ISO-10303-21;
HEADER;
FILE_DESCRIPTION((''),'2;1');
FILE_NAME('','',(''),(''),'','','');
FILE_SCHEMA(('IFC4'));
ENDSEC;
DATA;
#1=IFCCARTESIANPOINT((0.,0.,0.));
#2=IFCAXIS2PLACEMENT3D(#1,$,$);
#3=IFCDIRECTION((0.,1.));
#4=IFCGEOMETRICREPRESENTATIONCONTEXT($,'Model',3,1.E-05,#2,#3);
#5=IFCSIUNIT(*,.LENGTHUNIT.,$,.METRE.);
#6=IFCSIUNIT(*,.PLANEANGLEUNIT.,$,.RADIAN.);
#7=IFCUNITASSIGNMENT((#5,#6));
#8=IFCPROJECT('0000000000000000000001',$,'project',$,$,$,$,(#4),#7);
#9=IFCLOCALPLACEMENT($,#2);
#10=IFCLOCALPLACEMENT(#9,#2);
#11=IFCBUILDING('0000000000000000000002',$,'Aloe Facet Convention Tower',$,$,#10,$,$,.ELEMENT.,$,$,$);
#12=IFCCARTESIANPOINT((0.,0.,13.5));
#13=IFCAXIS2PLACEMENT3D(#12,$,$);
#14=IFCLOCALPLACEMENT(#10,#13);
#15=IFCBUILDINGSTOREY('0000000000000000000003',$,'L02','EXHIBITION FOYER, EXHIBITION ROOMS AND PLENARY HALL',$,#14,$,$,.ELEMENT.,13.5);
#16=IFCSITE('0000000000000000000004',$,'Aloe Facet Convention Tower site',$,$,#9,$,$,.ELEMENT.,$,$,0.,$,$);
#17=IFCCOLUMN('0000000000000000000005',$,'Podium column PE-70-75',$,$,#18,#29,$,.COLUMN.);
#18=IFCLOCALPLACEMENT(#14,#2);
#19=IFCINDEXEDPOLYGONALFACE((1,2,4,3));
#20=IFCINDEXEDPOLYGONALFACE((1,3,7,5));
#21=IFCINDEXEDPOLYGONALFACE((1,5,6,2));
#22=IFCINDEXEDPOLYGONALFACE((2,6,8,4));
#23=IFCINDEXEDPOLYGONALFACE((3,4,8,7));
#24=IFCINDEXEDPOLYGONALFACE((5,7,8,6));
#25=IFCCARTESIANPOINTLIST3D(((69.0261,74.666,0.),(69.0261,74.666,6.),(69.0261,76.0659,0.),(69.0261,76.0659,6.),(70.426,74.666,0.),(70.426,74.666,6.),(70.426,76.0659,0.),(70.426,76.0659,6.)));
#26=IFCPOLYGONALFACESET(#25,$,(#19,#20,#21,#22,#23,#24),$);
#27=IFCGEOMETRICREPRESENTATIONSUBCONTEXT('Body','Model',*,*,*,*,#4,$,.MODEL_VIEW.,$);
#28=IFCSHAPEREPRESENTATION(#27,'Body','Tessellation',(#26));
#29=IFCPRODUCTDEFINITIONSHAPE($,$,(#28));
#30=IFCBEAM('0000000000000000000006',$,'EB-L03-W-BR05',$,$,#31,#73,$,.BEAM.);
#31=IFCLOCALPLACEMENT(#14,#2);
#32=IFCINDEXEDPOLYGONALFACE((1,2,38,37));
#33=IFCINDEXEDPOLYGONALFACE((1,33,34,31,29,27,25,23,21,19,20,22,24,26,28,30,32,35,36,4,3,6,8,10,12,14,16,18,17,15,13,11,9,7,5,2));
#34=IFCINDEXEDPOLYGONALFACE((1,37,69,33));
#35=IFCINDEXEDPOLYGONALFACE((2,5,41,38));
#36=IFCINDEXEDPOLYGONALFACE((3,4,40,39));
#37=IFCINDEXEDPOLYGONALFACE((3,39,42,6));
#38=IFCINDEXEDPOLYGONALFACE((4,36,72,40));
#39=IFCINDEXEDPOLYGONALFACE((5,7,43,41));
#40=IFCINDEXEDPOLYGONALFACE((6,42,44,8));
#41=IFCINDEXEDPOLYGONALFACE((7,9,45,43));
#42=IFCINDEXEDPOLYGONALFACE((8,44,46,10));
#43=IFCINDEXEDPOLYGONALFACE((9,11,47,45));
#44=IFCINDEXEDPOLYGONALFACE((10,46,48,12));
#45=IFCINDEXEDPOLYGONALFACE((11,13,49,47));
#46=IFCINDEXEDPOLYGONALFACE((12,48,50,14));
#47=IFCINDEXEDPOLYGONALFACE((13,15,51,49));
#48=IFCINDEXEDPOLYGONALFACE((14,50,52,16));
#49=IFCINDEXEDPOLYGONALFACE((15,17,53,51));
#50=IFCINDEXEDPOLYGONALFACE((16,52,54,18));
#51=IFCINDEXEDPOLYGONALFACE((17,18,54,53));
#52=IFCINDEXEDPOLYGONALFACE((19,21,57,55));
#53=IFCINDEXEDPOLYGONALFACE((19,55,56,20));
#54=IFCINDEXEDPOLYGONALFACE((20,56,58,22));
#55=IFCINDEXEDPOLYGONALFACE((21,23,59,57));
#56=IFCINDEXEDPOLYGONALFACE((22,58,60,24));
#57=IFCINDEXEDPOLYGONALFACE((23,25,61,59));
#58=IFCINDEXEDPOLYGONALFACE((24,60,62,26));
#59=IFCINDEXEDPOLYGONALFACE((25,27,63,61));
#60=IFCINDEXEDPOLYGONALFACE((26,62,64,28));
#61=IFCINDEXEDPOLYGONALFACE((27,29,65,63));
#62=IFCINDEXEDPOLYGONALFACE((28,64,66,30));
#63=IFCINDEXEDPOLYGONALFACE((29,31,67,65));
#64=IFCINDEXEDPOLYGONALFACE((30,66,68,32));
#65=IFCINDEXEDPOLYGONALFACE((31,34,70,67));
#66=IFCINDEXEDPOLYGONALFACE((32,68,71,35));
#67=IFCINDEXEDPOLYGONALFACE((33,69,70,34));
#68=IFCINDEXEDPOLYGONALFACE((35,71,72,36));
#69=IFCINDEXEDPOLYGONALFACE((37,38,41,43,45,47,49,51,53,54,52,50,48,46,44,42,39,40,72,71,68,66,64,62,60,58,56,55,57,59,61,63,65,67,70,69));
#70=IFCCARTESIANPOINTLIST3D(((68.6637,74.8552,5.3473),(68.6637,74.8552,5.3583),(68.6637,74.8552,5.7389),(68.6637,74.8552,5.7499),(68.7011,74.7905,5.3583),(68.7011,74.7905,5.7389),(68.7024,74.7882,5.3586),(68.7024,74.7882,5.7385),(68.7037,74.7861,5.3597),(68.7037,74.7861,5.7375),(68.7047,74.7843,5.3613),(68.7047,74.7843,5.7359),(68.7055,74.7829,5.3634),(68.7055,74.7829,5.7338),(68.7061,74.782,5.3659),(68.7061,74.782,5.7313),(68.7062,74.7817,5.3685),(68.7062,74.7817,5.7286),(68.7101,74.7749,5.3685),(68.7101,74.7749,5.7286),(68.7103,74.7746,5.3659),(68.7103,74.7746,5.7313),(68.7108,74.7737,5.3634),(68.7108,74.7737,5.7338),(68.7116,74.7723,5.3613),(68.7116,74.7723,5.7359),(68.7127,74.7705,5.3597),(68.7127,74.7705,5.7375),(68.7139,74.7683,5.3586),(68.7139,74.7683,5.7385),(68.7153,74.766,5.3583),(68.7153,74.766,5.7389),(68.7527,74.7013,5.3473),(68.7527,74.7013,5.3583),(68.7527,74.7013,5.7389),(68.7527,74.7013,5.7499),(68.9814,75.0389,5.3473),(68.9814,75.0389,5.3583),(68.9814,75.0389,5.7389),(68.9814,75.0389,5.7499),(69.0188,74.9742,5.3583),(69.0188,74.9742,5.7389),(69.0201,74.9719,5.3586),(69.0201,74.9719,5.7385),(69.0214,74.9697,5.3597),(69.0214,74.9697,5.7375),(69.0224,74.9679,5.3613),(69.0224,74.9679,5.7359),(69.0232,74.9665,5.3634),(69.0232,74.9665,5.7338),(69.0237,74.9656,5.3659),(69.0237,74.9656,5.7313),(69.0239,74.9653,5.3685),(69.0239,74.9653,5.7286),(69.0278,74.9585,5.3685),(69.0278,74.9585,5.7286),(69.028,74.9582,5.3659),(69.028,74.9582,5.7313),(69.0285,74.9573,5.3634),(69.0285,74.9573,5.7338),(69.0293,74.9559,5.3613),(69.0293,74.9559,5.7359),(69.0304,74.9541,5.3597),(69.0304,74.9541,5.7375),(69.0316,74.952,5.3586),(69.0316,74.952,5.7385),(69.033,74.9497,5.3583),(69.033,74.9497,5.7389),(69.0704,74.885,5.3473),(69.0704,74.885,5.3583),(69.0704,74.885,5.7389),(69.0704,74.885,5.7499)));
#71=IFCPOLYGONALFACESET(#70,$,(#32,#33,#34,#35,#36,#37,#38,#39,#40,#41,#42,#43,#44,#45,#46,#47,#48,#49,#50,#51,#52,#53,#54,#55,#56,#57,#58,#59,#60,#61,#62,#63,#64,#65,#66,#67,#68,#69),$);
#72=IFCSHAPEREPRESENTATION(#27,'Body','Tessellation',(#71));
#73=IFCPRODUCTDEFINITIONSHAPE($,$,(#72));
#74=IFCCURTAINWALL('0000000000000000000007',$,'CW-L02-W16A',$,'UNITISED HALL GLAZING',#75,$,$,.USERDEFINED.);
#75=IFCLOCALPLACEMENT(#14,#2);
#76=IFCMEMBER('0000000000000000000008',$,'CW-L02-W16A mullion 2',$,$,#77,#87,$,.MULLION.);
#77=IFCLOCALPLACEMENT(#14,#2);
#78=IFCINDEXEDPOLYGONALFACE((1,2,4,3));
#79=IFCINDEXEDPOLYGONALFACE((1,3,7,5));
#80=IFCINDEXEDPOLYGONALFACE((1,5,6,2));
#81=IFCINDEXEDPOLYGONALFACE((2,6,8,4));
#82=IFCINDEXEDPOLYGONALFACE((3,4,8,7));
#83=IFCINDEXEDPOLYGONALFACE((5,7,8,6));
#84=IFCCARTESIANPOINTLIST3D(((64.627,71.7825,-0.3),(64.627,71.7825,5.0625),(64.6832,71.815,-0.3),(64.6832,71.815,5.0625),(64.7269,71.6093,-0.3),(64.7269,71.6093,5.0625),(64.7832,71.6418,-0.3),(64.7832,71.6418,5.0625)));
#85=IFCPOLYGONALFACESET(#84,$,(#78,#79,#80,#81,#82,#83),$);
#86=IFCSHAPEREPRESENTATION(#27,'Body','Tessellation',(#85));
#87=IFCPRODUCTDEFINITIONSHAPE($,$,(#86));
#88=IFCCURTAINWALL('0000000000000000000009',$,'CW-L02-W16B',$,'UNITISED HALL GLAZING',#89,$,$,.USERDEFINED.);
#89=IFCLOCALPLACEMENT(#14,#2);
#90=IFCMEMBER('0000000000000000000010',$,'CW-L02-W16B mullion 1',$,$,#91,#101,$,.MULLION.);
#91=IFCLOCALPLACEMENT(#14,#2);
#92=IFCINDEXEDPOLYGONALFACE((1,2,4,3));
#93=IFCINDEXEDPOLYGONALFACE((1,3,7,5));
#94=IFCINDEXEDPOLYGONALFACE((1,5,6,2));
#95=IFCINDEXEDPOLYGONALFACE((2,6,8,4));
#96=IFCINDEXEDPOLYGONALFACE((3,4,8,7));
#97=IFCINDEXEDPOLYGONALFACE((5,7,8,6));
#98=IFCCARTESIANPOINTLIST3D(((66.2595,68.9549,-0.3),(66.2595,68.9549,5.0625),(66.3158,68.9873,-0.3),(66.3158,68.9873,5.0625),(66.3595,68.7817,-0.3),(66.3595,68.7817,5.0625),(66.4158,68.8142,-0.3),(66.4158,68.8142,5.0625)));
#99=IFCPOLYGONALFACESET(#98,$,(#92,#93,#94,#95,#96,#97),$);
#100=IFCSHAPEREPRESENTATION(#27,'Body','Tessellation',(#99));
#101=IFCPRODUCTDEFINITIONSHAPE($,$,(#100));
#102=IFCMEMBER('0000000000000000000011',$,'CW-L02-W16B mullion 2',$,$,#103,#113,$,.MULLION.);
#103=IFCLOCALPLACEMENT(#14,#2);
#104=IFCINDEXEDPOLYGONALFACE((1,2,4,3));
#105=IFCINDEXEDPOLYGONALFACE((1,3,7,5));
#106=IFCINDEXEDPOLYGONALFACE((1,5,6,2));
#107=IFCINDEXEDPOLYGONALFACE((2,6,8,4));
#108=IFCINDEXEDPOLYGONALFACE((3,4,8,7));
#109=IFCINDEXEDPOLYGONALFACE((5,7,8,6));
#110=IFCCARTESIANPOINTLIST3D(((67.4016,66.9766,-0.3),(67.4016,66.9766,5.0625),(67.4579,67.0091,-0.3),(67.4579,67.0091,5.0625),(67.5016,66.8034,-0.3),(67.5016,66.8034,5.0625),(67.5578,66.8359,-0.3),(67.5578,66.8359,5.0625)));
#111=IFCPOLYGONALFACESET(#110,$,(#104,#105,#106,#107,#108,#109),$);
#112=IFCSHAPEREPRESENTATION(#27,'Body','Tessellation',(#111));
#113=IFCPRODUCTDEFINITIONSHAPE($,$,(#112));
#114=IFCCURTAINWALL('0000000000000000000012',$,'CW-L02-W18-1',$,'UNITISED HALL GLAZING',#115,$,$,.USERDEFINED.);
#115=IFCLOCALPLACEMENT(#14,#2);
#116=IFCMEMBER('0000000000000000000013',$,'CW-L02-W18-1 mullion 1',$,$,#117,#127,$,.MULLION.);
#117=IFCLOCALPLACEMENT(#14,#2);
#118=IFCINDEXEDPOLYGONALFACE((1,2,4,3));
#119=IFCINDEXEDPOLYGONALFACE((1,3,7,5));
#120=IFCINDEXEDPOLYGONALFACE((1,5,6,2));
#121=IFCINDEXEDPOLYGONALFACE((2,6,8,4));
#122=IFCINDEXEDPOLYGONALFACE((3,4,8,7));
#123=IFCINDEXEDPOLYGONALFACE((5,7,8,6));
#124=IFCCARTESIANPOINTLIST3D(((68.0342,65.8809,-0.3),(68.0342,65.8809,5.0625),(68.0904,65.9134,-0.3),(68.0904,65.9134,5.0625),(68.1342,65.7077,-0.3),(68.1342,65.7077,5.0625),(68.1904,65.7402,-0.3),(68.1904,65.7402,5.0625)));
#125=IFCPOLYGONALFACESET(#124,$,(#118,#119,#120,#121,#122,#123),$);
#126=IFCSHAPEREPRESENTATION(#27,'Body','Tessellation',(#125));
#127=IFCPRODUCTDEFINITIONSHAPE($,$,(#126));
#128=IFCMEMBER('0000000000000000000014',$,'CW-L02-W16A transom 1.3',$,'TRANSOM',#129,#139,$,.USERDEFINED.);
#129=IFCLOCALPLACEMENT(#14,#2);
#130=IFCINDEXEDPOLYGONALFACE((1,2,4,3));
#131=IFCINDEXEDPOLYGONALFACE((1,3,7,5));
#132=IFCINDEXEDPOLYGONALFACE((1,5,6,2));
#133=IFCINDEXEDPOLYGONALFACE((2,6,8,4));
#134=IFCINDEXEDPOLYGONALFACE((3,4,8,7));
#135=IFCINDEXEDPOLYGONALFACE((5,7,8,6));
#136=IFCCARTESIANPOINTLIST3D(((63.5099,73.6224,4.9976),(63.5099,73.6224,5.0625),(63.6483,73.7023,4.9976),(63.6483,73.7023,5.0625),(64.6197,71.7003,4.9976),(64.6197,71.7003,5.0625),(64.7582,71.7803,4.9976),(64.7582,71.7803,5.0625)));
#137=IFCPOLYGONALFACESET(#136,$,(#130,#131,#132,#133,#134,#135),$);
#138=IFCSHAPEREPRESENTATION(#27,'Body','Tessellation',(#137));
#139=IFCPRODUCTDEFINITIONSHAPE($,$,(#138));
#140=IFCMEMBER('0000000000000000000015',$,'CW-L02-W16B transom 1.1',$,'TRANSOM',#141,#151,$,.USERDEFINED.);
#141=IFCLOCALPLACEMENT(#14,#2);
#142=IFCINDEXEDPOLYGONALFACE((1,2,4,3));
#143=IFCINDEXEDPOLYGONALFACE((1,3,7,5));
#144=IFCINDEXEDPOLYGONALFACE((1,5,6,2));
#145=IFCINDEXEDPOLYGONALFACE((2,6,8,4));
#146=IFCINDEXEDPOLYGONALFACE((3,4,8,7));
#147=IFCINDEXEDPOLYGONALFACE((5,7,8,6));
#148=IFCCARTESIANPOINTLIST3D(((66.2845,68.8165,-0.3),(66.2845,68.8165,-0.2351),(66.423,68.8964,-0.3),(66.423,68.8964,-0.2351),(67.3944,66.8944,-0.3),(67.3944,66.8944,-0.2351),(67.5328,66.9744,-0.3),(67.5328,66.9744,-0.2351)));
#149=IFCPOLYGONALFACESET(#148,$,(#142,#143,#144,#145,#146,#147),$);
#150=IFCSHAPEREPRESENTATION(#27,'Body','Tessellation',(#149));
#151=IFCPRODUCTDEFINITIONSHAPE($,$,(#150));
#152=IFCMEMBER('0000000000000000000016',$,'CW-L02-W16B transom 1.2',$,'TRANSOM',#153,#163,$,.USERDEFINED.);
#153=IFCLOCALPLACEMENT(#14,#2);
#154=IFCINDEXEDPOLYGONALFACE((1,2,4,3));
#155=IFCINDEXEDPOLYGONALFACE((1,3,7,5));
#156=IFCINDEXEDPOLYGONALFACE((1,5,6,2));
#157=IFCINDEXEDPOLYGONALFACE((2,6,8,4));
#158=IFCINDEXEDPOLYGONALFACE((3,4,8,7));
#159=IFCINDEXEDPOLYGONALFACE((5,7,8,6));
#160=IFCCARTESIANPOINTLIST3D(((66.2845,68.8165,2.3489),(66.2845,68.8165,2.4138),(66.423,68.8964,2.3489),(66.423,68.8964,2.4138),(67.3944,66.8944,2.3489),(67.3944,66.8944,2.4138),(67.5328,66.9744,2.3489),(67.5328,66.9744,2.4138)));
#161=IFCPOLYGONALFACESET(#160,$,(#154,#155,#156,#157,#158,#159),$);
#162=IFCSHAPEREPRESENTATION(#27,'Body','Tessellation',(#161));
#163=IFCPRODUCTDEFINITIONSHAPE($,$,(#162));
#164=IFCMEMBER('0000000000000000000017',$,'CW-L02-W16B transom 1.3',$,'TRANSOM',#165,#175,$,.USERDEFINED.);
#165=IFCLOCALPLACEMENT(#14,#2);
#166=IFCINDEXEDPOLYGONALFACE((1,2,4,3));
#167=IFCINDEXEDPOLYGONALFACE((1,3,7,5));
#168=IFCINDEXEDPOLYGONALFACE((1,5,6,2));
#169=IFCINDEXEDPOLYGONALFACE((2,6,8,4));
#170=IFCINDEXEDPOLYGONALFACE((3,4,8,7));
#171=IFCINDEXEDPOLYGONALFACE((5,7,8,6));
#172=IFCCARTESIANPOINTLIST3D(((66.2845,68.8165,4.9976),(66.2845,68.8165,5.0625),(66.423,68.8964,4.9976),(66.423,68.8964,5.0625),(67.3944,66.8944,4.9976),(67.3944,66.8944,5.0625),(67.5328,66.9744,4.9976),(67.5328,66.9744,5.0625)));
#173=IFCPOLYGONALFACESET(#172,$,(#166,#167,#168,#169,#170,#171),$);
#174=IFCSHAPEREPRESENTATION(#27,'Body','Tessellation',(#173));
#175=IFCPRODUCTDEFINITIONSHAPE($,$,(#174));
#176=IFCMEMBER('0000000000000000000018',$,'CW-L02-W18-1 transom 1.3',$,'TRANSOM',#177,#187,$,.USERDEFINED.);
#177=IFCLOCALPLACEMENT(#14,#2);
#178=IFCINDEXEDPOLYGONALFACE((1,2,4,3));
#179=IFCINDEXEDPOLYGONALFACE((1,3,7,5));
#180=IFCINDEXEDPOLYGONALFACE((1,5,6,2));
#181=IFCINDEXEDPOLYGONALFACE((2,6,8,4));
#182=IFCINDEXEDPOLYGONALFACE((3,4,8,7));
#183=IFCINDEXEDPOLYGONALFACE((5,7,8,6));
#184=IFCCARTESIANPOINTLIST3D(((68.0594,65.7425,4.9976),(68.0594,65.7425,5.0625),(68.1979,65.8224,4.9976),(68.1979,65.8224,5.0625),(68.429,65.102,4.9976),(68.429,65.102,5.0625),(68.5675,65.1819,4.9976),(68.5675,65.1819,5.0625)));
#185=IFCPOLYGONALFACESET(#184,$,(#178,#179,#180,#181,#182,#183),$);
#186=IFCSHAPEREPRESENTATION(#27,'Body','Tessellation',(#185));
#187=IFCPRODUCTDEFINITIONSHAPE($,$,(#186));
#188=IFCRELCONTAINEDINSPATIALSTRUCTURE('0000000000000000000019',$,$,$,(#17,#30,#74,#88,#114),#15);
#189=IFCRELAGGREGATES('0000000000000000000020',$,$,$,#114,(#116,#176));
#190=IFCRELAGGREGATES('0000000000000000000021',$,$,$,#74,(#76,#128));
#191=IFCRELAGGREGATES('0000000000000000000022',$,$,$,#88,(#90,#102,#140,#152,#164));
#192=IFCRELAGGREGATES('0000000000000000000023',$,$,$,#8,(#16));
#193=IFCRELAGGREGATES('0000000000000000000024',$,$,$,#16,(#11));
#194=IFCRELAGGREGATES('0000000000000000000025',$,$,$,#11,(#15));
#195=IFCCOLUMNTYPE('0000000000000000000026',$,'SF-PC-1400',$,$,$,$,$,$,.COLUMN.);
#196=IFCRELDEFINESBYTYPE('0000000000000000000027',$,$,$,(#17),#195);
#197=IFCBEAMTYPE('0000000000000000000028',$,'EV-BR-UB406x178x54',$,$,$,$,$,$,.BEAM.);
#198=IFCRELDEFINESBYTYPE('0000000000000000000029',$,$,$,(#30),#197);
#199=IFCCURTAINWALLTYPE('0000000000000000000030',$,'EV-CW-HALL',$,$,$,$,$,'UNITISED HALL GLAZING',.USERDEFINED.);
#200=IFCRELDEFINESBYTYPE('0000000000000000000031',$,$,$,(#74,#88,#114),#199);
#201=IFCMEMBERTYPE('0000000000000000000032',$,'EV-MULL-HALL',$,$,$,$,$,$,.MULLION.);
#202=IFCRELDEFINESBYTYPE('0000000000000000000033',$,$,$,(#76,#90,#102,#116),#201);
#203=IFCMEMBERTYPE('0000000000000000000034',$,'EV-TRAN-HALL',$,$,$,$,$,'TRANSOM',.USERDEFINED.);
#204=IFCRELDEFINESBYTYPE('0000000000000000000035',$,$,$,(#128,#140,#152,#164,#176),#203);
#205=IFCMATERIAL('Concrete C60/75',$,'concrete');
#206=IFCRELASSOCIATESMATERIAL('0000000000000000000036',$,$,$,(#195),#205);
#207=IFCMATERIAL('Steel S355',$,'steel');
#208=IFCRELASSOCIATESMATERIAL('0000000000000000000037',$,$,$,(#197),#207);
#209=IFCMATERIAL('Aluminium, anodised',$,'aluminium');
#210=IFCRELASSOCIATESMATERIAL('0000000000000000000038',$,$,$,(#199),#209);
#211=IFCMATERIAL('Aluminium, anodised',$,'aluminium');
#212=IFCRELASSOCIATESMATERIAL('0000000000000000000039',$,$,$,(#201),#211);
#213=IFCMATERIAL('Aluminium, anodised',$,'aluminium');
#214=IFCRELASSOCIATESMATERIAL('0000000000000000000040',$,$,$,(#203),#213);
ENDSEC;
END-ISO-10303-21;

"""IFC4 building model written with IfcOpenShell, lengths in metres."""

from ifc_helpers import new_model, si_unit, direction, frame, origin, origin_2d, place, context, subcontext, project, spatial, rectangle, i_section, extrude, material, material_profile, profile_set, type_object, element, aggregate, save


model = new_model("IFC4")

# Units and contexts
model_context = context("Model", 3, precision=1e-05, world=origin(), true_north=direction((0.0, 1.0)))
body_context = subcontext(model_context, "Body", "Model", "MODEL_VIEW")
ifc_project = project(units=[si_unit("LENGTHUNIT", "METRE"), si_unit("PLANEANGLEUNIT", "RADIAN")], contexts=[model_context])

# Site, building, storey
site_placement = place(None, origin())
site = spatial("IfcSite", under=ifc_project, at=site_placement, Name="Aloe Facet Convention Tower site", CompositionType="ELEMENT", RefElevation=0.0)
building_placement = place(site_placement, origin())
building = spatial("IfcBuilding", under=site, at=building_placement, Name="Aloe Facet Convention Tower", CompositionType="ELEMENT")
storey_placement = place(building_placement, frame((0.0, 0.0, 13.5)))
storey = spatial("IfcBuildingStorey", under=building, at=storey_placement, Name="L02", Description="EXHIBITION FOYER, EXHIBITION ROOMS AND PLENARY HALL", CompositionType="ELEMENT", Elevation=13.5)

# Column
ifc_material_1 = material(Name="Concrete C60/75", Category="concrete")
ifc_material_profile_1 = material_profile(ifc_material_1, rectangle(XDim=1.3999, YDim=1.3999, at=origin_2d()), Name="SF-PC-1400")
ifc_profile_set_1 = profile_set([ifc_material_profile_1], Name="Concrete C60/75")
column_type = type_object("IfcColumnType", Name="SF-PC-1400", PredefinedType="COLUMN", material=ifc_profile_set_1)
column_placement = place(storey_placement, frame((69.7261, 75.366, 0.0), z_axis=(0.0, 0.0, 1.0), x_axis=(1.0, 0.0, 0.0)))
element("IfcColumn", 1, at=column_placement, inside=storey, type_object=column_type, Name="Podium column PE-70-75", PredefinedType="COLUMN", context=body_context, shape_type="SweptSolid", body=[
    extrude(rectangle(XDim=1.3999, YDim=1.3999, at=origin_2d()), origin(), (0.0, 0.0, 1.0), 6.0),
])

# Beam
ifc_material_2 = material(Name="Steel S355", Category="steel")
ifc_material_profile_2 = material_profile(ifc_material_2, i_section(OverallWidth=0.1777, OverallDepth=0.4026, WebThickness=0.0078, FlangeThickness=0.011, FilletRadius=0.0103, at=origin_2d()), Name="UB 406x178x54")
ifc_profile_set_2 = profile_set([ifc_material_profile_2], Name="Steel S355")
beam_type_1 = type_object("IfcBeamType", Name="EV-BR-UB406x178x54", PredefinedType="BEAM", material=ifc_profile_set_2)
beam_1_placement = place(storey_placement, frame((69.0259, 74.9619, 5.5486), z_axis=(-0.865775, -0.500433, 0.0), x_axis=(0.500433, -0.865775, 0.0)))
element("IfcBeam", 2, at=beam_1_placement, inside=storey, type_object=beam_type_1, Name="EB-L03-W-BR05", PredefinedType="BEAM", context=body_context, shape_type="SweptSolid", body=[
    extrude(i_section(OverallWidth=0.1777, OverallDepth=0.4026, WebThickness=0.0078, FlangeThickness=0.011, FilletRadius=0.0103, at=origin_2d()), origin(), (0.0, 0.0, 1.0), 0.3669),
])

# Curtain wall, member
ifc_material_3 = material(Name="Aluminium, anodised", Category="aluminium")
curtain_wall_type = type_object("IfcCurtainWallType", Name="EV-CW-HALL", ElementType="UNITISED HALL GLAZING", PredefinedType="USERDEFINED", material=ifc_material_3)
curtain_wall_1_placement = place(storey_placement, origin())
curtain_wall_1 = element("IfcCurtainWall", 3, at=curtain_wall_1_placement, inside=storey, type_object=curtain_wall_type, Name="CW-L02-W16A", ObjectType="UNITISED HALL GLAZING", PredefinedType="USERDEFINED")
ifc_material_4 = material(Name="Aluminium, anodised", Category="aluminium")
ifc_material_profile_3 = material_profile(ifc_material_4, rectangle(XDim=0.0649, YDim=0.2, at=origin_2d()), Name="AL 65x200")
ifc_profile_set_3 = profile_set([ifc_material_profile_3], Name="Aluminium, anodised")
member_type_1 = type_object("IfcMemberType", Name="EV-MULL-HALL", PredefinedType="MULLION", material=ifc_profile_set_3)
member_1_placement = place(storey_placement, frame((64.7051, 71.7122, -0.3), z_axis=(0.0, 0.0, 1.0), x_axis=(0.866025, 0.5, 0.0)))
member_1 = element("IfcMember", 4, at=member_1_placement, type_object=member_type_1, Name="CW-L02-W16A mullion 2", PredefinedType="MULLION", context=body_context, shape_type="SweptSolid", body=[
    extrude(rectangle(XDim=0.0649, YDim=0.2, at=origin_2d()), origin(), (0.0, 0.0, 1.0), 5.3625),
])

# Curtain wall, members
curtain_wall_2_placement = place(storey_placement, origin())
curtain_wall_2 = element("IfcCurtainWall", 5, at=curtain_wall_2_placement, inside=storey, type_object=curtain_wall_type, Name="CW-L02-W16B", ObjectType="UNITISED HALL GLAZING", PredefinedType="USERDEFINED")
member_2_placement = place(storey_placement, frame((66.3376, 68.8845, -0.3), z_axis=(0.0, 0.0, 1.0), x_axis=(0.866025, 0.5, 0.0)))
member_2 = element("IfcMember", 6, at=member_2_placement, type_object=member_type_1, Name="CW-L02-W16B mullion 1", PredefinedType="MULLION", context=body_context, shape_type="SweptSolid", body=[
    extrude(rectangle(XDim=0.0649, YDim=0.2, at=origin_2d()), origin(), (0.0, 0.0, 1.0), 5.3625),
])
member_3_placement = place(storey_placement, frame((67.4797, 66.9062, -0.3), z_axis=(0.0, 0.0, 1.0), x_axis=(0.866025, 0.5, 0.0)))
member_3 = element("IfcMember", 7, at=member_3_placement, type_object=member_type_1, Name="CW-L02-W16B mullion 2", PredefinedType="MULLION", context=body_context, shape_type="SweptSolid", body=[
    extrude(rectangle(XDim=0.0649, YDim=0.2, at=origin_2d()), origin(), (0.0, 0.0, 1.0), 5.3625),
])

# Curtain wall, member
curtain_wall_3_placement = place(storey_placement, origin())
curtain_wall_3 = element("IfcCurtainWall", 8, at=curtain_wall_3_placement, inside=storey, type_object=curtain_wall_type, Name="CW-L02-W18-1", ObjectType="UNITISED HALL GLAZING", PredefinedType="USERDEFINED")
member_4_placement = place(storey_placement, frame((68.1123, 65.8105, -0.3), z_axis=(0.0, 0.0, 1.0), x_axis=(0.866025, 0.5, 0.0)))
member_4 = element("IfcMember", 9, at=member_4_placement, type_object=member_type_1, Name="CW-L02-W18-1 mullion 1", PredefinedType="MULLION", context=body_context, shape_type="SweptSolid", body=[
    extrude(rectangle(XDim=0.0649, YDim=0.2, at=origin_2d()), origin(), (0.0, 0.0, 1.0), 5.3625),
])

# Members
ifc_material_5 = material(Name="Aluminium, anodised", Category="aluminium")
ifc_material_profile_4 = material_profile(ifc_material_5, rectangle(XDim=0.1599, YDim=0.0649, at=origin_2d()), Name="AL 160x65")
ifc_profile_set_4 = profile_set([ifc_material_profile_4], Name="Aluminium, anodised")
member_type_2 = type_object("IfcMemberType", Name="EV-TRAN-HALL", ElementType="TRANSOM", PredefinedType="USERDEFINED", material=ifc_profile_set_4)
member_5_placement = place(storey_placement, frame((63.5791, 73.6624, 5.03), z_axis=(0.500043, -0.866001, 0.0), x_axis=(0.866001, 0.500043, 0.0)))
member_5 = element("IfcMember", 10, at=member_5_placement, type_object=member_type_2, Name="CW-L02-W16A transom 1.3", ObjectType="TRANSOM", PredefinedType="USERDEFINED", context=body_context, shape_type="SweptSolid", body=[
    extrude(rectangle(XDim=0.1599, YDim=0.0649, at=origin_2d()), origin(), (0.0, 0.0, 1.0), 2.2195),
])
member_6_placement = place(storey_placement, frame((66.3538, 68.8564, -0.2676), z_axis=(0.500043, -0.866001, 0.0), x_axis=(0.866001, 0.500043, 0.0)))
member_6 = element("IfcMember", 11, at=member_6_placement, type_object=member_type_2, Name="CW-L02-W16B transom 1.1", ObjectType="TRANSOM", PredefinedType="USERDEFINED", context=body_context, shape_type="SweptSolid", body=[
    extrude(rectangle(XDim=0.1599, YDim=0.0649, at=origin_2d()), origin(), (0.0, 0.0, 1.0), 2.2195),
])
member_7_placement = place(storey_placement, frame((66.3538, 68.8564, 2.3813), z_axis=(0.500043, -0.866001, 0.0), x_axis=(0.866001, 0.500043, 0.0)))
member_7 = element("IfcMember", 12, at=member_7_placement, type_object=member_type_2, Name="CW-L02-W16B transom 1.2", ObjectType="TRANSOM", PredefinedType="USERDEFINED", context=body_context, shape_type="SweptSolid", body=[
    extrude(rectangle(XDim=0.1599, YDim=0.0649, at=origin_2d()), origin(), (0.0, 0.0, 1.0), 2.2195),
])
member_8_placement = place(storey_placement, frame((66.3538, 68.8564, 5.03), z_axis=(0.500043, -0.866001, 0.0), x_axis=(0.866001, 0.500043, 0.0)))
member_8 = element("IfcMember", 13, at=member_8_placement, type_object=member_type_2, Name="CW-L02-W16B transom 1.3", ObjectType="TRANSOM", PredefinedType="USERDEFINED", context=body_context, shape_type="SweptSolid", body=[
    extrude(rectangle(XDim=0.1599, YDim=0.0649, at=origin_2d()), origin(), (0.0, 0.0, 1.0), 2.2195),
])
member_9_placement = place(storey_placement, frame((68.1287, 65.7825, 5.03), z_axis=(0.499761, -0.866164, 0.0), x_axis=(0.866164, 0.499761, 0.0)))
member_9 = element("IfcMember", 14, at=member_9_placement, type_object=member_type_2, Name="CW-L02-W18-1 transom 1.3", ObjectType="TRANSOM", PredefinedType="USERDEFINED", context=body_context, shape_type="SweptSolid", body=[
    extrude(rectangle(XDim=0.1599, YDim=0.0649, at=origin_2d()), origin(), (0.0, 0.0, 1.0), 0.7395),
])
aggregate(curtain_wall_3, [member_4, member_9])

aggregate(curtain_wall_1, [member_1, member_5])
aggregate(curtain_wall_2, [member_2, member_3, member_6, member_7, member_8])

save(model, "model.ifc")
